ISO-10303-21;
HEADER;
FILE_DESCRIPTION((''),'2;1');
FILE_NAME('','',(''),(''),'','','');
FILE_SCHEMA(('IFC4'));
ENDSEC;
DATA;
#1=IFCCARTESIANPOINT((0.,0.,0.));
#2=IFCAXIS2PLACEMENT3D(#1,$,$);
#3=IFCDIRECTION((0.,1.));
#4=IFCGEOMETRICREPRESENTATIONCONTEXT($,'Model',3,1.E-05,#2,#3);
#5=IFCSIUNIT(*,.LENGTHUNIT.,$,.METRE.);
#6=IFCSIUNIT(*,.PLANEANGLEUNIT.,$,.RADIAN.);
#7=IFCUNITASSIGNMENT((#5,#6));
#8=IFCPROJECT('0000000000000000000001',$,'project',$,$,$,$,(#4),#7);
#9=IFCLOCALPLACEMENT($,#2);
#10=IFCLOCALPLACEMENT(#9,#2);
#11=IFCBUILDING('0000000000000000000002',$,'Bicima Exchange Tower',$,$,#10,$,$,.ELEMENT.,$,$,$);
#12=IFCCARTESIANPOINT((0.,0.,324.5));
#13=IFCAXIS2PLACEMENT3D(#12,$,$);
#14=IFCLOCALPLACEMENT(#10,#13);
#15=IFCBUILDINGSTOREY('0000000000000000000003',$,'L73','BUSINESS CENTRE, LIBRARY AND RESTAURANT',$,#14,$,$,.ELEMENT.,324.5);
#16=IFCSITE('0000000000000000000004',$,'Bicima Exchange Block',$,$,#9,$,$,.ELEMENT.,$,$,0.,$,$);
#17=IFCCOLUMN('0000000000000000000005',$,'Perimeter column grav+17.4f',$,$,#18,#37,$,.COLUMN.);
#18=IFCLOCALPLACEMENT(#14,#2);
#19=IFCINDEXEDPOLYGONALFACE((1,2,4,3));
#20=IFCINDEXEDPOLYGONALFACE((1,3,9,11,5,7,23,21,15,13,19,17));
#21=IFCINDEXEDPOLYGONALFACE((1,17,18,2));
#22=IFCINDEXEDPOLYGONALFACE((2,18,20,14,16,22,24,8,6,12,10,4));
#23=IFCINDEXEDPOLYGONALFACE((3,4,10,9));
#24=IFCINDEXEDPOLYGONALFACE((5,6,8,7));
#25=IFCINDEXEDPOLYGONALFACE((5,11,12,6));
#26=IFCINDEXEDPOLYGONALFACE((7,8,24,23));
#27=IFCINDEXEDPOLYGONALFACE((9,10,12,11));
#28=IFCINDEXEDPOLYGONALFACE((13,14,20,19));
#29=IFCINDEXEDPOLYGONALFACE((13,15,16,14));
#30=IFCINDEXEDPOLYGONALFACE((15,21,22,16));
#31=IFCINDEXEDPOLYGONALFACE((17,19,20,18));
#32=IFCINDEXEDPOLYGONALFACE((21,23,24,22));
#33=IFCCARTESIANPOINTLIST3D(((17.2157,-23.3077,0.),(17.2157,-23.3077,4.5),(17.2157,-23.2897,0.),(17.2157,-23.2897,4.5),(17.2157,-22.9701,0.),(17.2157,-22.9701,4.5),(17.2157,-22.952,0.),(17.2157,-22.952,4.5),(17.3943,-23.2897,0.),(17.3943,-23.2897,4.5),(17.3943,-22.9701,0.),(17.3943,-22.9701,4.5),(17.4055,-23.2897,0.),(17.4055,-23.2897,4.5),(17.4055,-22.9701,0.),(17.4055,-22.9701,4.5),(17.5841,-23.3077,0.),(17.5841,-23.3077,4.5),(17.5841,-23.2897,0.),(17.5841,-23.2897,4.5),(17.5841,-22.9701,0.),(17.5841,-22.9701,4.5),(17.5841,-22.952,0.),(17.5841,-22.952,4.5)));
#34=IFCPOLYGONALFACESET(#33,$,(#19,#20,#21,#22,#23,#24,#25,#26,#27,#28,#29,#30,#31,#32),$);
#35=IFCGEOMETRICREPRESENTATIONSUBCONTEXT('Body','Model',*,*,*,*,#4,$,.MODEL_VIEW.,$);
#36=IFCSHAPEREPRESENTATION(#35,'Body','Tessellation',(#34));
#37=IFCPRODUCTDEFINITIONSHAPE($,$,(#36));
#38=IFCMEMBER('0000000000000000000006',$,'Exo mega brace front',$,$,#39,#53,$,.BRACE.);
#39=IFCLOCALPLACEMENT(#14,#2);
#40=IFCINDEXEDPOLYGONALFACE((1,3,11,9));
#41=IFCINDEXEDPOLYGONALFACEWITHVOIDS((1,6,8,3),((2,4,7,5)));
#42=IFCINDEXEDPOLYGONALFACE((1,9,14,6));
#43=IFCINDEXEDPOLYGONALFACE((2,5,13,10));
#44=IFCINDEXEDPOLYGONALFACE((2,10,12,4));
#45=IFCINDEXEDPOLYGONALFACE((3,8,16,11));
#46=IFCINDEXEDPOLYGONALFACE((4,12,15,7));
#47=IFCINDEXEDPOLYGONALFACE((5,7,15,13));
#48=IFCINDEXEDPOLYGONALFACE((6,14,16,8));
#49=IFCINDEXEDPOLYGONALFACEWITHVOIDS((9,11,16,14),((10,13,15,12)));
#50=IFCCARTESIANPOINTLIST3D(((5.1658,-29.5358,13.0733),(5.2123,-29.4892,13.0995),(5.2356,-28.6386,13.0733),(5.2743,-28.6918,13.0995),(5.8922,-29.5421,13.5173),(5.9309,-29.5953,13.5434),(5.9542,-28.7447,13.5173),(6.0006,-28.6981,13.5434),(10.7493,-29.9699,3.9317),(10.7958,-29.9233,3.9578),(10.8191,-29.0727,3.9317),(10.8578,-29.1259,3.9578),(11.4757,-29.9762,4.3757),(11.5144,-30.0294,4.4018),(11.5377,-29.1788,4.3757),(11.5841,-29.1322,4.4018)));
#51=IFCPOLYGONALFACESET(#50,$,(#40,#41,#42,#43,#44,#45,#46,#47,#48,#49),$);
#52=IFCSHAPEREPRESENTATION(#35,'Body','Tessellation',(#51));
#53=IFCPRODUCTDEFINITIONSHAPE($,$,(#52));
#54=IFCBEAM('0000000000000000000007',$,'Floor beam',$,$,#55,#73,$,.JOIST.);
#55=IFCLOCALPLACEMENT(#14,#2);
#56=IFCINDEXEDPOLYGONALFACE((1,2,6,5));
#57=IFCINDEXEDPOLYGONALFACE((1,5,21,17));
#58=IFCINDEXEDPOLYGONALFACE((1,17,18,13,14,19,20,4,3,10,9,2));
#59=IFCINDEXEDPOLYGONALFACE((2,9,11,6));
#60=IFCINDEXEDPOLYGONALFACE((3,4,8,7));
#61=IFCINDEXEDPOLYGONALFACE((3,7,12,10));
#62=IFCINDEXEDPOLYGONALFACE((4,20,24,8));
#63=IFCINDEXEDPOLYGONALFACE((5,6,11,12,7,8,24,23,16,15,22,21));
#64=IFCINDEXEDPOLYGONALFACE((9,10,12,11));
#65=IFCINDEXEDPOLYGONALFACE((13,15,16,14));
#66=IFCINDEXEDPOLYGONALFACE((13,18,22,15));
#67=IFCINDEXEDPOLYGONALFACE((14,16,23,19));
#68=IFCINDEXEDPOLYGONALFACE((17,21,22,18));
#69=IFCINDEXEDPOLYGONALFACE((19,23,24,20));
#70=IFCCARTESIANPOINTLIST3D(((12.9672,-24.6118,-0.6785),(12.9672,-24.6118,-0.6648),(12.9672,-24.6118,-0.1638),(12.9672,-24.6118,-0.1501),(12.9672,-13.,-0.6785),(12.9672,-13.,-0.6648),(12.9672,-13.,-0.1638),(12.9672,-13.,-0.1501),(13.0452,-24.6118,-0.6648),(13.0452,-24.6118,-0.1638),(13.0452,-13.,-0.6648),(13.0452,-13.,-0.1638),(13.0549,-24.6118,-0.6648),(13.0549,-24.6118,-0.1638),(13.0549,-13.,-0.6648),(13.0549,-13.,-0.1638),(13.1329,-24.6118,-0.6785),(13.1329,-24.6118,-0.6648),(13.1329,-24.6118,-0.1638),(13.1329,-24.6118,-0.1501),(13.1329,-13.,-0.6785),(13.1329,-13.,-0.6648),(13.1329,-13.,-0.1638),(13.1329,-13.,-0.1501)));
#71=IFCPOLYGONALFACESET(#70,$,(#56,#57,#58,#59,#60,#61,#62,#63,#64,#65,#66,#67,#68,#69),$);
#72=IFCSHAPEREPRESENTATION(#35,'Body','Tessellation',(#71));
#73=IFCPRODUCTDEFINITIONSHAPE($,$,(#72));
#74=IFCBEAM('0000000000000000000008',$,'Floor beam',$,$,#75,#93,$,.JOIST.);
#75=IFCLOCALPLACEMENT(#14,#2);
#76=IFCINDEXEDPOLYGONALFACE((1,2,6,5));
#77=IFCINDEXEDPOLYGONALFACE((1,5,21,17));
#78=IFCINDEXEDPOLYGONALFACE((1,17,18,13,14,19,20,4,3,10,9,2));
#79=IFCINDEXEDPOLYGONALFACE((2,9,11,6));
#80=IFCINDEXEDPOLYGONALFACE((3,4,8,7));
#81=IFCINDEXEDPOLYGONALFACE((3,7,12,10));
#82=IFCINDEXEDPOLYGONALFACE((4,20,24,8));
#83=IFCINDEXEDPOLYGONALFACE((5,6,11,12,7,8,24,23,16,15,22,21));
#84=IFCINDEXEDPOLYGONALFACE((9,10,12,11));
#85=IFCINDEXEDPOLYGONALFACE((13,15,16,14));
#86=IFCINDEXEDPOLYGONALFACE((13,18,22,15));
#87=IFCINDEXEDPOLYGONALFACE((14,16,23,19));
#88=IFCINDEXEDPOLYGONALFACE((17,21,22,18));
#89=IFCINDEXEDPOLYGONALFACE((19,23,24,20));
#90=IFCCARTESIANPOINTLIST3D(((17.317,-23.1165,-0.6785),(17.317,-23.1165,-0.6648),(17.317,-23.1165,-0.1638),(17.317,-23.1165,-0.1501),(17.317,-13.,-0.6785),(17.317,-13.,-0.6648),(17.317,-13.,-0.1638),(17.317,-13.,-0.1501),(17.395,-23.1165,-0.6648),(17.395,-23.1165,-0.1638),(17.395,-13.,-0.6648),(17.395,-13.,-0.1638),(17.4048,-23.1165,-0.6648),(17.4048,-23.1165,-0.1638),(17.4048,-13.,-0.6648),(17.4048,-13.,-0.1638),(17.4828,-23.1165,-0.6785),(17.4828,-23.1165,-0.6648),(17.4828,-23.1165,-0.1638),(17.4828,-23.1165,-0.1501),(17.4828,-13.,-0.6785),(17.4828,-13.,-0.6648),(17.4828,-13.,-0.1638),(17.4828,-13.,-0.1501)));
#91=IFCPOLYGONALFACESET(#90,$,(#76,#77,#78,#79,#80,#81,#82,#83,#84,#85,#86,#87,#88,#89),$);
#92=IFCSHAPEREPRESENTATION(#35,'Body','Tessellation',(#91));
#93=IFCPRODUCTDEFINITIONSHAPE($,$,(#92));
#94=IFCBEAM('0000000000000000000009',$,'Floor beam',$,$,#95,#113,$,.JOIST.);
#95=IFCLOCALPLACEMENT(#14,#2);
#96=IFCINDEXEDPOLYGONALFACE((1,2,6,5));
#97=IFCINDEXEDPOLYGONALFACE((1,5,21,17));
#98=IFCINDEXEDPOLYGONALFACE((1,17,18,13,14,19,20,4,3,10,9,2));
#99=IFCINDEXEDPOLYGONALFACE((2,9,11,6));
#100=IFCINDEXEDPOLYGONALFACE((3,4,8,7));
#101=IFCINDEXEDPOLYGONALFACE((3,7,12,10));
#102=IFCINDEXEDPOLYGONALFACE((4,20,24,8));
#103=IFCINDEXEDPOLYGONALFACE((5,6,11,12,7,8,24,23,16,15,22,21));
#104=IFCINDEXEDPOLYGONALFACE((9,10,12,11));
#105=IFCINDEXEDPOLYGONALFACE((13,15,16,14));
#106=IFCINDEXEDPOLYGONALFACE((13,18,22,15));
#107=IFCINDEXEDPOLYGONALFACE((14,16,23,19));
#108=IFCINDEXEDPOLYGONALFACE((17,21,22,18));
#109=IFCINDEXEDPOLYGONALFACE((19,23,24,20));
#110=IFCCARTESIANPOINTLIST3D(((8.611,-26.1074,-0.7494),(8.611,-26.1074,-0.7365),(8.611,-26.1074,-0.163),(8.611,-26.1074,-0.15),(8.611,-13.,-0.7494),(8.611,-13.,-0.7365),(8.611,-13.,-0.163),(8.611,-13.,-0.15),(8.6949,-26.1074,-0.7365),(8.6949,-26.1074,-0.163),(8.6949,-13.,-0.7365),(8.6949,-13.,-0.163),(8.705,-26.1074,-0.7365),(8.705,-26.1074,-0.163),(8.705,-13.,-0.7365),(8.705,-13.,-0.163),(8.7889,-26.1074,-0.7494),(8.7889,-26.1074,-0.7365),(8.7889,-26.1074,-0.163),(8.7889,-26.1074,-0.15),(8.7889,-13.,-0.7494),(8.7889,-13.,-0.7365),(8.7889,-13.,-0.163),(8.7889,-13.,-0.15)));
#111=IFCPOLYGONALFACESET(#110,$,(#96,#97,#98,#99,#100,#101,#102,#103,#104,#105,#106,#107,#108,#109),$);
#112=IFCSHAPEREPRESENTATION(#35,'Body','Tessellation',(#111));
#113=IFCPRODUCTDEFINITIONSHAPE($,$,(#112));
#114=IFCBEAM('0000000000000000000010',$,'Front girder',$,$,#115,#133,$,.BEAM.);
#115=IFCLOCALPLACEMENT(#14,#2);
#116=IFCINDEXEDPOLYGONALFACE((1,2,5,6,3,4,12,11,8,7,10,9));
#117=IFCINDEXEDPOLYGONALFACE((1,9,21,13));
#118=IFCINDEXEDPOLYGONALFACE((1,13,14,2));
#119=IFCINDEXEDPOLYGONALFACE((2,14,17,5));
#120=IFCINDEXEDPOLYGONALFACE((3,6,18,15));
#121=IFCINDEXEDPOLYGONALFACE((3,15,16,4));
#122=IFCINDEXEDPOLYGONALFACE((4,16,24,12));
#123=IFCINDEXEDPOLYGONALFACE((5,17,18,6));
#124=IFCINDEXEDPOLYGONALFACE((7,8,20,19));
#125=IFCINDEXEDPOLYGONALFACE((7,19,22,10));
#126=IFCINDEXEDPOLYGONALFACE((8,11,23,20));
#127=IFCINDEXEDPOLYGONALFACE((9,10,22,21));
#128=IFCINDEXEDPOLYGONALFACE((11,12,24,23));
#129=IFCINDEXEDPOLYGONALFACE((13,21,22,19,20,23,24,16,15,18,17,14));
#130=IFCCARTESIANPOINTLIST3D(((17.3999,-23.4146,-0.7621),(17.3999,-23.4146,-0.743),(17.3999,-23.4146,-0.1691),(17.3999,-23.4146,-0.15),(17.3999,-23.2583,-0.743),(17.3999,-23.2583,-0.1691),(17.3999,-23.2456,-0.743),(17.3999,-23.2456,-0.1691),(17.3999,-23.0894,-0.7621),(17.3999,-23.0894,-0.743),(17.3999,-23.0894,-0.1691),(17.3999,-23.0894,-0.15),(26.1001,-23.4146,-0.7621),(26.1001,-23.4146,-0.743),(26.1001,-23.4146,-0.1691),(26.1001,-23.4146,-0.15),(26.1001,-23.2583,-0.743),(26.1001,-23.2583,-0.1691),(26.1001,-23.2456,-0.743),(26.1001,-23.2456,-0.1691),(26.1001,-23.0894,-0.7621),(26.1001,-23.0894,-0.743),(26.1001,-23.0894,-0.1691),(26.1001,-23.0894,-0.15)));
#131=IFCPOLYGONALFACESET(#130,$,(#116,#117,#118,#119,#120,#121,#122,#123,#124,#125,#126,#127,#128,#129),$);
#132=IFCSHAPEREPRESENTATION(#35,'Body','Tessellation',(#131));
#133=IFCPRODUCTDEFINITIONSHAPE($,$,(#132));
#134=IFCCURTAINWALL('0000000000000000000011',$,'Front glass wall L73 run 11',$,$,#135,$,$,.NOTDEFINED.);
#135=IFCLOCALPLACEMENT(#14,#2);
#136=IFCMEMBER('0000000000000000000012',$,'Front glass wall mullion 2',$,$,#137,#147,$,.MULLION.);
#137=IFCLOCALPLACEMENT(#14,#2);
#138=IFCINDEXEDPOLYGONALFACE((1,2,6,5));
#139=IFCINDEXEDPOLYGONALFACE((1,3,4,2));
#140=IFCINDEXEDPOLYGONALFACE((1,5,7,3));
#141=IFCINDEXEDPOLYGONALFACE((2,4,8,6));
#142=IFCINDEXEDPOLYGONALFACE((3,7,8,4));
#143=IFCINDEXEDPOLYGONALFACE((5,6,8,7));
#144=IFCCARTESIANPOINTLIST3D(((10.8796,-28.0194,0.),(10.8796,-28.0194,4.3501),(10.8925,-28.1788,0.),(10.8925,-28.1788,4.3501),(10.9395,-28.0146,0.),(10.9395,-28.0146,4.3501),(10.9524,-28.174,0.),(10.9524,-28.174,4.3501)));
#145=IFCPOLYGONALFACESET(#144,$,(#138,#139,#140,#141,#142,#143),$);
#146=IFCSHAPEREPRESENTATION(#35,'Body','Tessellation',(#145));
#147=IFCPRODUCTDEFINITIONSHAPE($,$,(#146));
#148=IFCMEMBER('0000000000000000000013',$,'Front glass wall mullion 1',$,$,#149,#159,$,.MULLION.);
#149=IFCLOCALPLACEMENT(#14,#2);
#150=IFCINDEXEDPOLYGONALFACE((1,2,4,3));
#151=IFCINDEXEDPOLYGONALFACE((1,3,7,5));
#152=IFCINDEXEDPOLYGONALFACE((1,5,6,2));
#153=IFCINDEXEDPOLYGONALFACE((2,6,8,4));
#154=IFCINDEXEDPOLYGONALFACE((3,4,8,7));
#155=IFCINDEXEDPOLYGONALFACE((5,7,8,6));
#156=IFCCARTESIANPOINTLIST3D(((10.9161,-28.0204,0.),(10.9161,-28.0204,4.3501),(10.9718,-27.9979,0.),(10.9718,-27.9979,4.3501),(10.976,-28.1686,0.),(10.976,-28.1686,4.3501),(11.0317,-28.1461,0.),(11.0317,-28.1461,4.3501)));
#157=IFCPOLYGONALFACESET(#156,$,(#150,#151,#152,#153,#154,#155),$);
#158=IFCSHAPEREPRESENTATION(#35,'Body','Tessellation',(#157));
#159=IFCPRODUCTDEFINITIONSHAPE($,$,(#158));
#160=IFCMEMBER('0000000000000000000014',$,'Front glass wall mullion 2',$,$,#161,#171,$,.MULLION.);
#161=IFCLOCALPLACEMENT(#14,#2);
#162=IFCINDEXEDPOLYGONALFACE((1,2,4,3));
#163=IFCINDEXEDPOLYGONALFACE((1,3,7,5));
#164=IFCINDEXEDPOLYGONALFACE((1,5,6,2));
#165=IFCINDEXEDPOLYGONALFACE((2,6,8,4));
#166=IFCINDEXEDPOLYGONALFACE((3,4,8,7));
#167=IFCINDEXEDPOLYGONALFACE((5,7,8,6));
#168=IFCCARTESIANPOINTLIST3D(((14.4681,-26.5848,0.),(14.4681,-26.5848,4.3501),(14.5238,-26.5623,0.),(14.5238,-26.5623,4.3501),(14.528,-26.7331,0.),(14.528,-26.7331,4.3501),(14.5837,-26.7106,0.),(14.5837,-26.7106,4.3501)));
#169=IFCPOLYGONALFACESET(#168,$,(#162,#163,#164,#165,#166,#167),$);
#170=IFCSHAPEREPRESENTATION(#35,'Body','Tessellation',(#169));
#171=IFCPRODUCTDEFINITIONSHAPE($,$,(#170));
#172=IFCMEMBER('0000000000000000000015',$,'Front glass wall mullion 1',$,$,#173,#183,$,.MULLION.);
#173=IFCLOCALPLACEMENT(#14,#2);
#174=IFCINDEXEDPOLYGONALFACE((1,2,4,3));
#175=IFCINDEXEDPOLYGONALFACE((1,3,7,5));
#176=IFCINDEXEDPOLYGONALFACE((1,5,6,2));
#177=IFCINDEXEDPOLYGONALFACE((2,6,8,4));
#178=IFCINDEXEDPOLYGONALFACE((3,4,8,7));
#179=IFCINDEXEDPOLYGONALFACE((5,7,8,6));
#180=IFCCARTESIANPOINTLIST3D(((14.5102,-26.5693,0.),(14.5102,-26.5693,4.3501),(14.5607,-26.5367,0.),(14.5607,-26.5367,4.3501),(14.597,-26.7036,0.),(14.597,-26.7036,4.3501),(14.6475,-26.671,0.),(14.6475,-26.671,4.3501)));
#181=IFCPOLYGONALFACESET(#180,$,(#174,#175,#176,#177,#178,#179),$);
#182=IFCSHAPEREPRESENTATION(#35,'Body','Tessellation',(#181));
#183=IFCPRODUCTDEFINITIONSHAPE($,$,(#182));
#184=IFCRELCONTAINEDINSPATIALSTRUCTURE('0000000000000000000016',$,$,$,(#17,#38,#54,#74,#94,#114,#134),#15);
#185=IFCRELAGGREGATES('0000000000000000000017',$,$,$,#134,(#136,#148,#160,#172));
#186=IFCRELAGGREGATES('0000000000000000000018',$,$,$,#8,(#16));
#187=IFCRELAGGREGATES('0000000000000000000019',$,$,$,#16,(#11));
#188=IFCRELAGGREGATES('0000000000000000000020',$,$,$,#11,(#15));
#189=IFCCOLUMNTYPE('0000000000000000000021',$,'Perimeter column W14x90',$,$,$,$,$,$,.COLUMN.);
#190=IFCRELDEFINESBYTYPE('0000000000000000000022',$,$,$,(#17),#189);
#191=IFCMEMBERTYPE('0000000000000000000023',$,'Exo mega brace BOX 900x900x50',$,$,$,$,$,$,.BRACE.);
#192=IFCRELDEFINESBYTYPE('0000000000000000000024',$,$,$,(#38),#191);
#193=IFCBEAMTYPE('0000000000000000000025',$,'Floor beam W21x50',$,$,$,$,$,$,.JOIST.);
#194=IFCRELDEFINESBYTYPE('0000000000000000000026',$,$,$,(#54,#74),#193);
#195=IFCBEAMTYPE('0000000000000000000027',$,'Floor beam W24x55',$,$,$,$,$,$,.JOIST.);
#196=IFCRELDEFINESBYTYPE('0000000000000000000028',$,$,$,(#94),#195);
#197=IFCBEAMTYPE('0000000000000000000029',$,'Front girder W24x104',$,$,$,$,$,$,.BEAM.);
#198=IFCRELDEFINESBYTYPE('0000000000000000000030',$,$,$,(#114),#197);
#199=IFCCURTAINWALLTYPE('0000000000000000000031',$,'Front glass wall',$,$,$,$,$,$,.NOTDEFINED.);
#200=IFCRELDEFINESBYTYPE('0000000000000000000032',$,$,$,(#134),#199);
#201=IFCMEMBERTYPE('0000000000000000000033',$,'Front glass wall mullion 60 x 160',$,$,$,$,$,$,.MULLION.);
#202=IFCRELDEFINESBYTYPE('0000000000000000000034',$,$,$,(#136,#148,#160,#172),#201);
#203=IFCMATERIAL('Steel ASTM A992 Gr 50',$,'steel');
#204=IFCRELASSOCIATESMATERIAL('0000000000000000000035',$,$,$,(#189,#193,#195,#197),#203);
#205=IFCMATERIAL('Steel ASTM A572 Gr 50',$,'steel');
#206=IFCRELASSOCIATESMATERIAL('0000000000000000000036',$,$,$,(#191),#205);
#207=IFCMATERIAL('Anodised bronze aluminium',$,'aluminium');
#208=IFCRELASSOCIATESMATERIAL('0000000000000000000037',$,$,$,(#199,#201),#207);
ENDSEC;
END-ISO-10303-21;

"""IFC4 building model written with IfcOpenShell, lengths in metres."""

from ifc_helpers import new_model, si_unit, direction, frame, origin, origin_2d, place, context, subcontext, project, spatial, rectangle, hollow_rectangle, i_section, extrude, material, material_profile, profile_set, type_object, element, aggregate, save


model = new_model("IFC4")

# Units and contexts
model_context = context("Model", 3, precision=1e-05, world=origin(), true_north=direction((0.0, 1.0)))
body_context = subcontext(model_context, "Body", "Model", "MODEL_VIEW")
ifc_project = project(units=[si_unit("LENGTHUNIT", "METRE"), si_unit("PLANEANGLEUNIT", "RADIAN")], contexts=[model_context])

# Site, building, storey
site_placement = place(None, origin())
site = spatial("IfcSite", under=ifc_project, at=site_placement, Name="Bicima Exchange Block", CompositionType="ELEMENT", RefElevation=0.0)
building_placement = place(site_placement, origin())
building = spatial("IfcBuilding", under=site, at=building_placement, Name="Bicima Exchange Tower", CompositionType="ELEMENT")
storey_placement = place(building_placement, frame((0.0, 0.0, 324.5)))
storey = spatial("IfcBuildingStorey", under=building, at=storey_placement, Name="L73", Description="BUSINESS CENTRE, LIBRARY AND RESTAURANT", CompositionType="ELEMENT", Elevation=324.5)

# Column
ifc_material_1 = material(Name="Steel ASTM A992 Gr 50", Category="steel")
ifc_material_profile_1 = material_profile(ifc_material_1, i_section(OverallWidth=0.3684, OverallDepth=0.3557, WebThickness=0.0112, FlangeThickness=0.0181, at=origin_2d()))
ifc_profile_set_1 = profile_set([ifc_material_profile_1], Name="Steel ASTM A992 Gr 50")
column_type = type_object("IfcColumnType", Name="Perimeter column W14x90", PredefinedType="COLUMN", material=ifc_profile_set_1)
column_placement = place(storey_placement, frame((17.3999, -23.1299, 0.0), z_axis=(0.0, 0.0, 1.0), x_axis=(1.0, 0.0, 0.0)))
element("IfcColumn", 1, at=column_placement, inside=storey, type_object=column_type, Name="Perimeter column grav+17.4f", PredefinedType="COLUMN", context=body_context, shape_type="SweptSolid", body=[
    extrude(i_section(OverallWidth=0.3684, OverallDepth=0.3557, WebThickness=0.0112, FlangeThickness=0.0181, at=origin_2d()), origin(), (0.0, 0.0, 1.0), 4.5),
])

# Member
ifc_material_2 = material(Name="Steel ASTM A572 Gr 50", Category="steel")
ifc_material_profile_2 = material_profile(ifc_material_2, hollow_rectangle(XDim=0.8999, YDim=0.8999, WallThickness=0.05, at=origin_2d()))
ifc_profile_set_2 = profile_set([ifc_material_profile_2], Name="Steel ASTM A572 Gr 50")
member_type_1 = type_object("IfcMemberType", Name="Exo mega brace BOX 900x900x50", PredefinedType="BRACE", material=ifc_profile_set_2)
member_1_placement = place(storey_placement, frame((11.1667, -29.551, 4.1667), z_axis=(-0.520816, 0.04049, 0.852708), x_axis=(-0.07751, -0.996992, 0.0)))
element("IfcMember", 2, at=member_1_placement, inside=storey, type_object=member_type_1, Name="Exo mega brace front", PredefinedType="BRACE", context=body_context, shape_type="SweptSolid", body=[
    extrude(hollow_rectangle(XDim=0.8999, YDim=0.8999, WallThickness=0.05, at=origin_2d()), origin(), (0.0, 0.0, 1.0), 10.7207),
])

# Beams
ifc_material_profile_3 = material_profile(ifc_material_1, i_section(OverallWidth=0.1658, OverallDepth=0.5283, WebThickness=0.0098, FlangeThickness=0.0137, at=origin_2d()))
ifc_profile_set_3 = profile_set([ifc_material_profile_3], Name="Steel ASTM A992 Gr 50")
beam_type_1 = type_object("IfcBeamType", Name="Floor beam W21x50", PredefinedType="JOIST", material=ifc_profile_set_3)
beam_1_placement = place(storey_placement, frame((13.05, -13.0, -0.4143), z_axis=(0.0, -1.0, 0.0), x_axis=(1.0, 0.0, 0.0)))
element("IfcBeam", 3, at=beam_1_placement, inside=storey, type_object=beam_type_1, Name="Floor beam", PredefinedType="JOIST", context=body_context, shape_type="SweptSolid", body=[
    extrude(i_section(OverallWidth=0.1658, OverallDepth=0.5283, WebThickness=0.0098, FlangeThickness=0.0137, at=origin_2d()), origin(), (0.0, 0.0, 1.0), 11.6118),
])
beam_2_placement = place(storey_placement, frame((17.3999, -13.0, -0.4143), z_axis=(0.0, -1.0, 0.0), x_axis=(1.0, 0.0, 0.0)))
element("IfcBeam", 4, at=beam_2_placement, inside=storey, type_object=beam_type_1, Name="Floor beam", PredefinedType="JOIST", context=body_context, shape_type="SweptSolid", body=[
    extrude(i_section(OverallWidth=0.1658, OverallDepth=0.5283, WebThickness=0.0098, FlangeThickness=0.0137, at=origin_2d()), origin(), (0.0, 0.0, 1.0), 10.1165),
])
ifc_material_profile_4 = material_profile(ifc_material_1, i_section(OverallWidth=0.178, OverallDepth=0.5994, WebThickness=0.01, FlangeThickness=0.0129, at=origin_2d()))
ifc_profile_set_4 = profile_set([ifc_material_profile_4], Name="Steel ASTM A992 Gr 50")
beam_type_2 = type_object("IfcBeamType", Name="Floor beam W24x55", PredefinedType="JOIST", material=ifc_profile_set_4)
beam_3_placement = place(storey_placement, frame((8.7, -13.0, -0.4497), z_axis=(0.0, -1.0, 0.0), x_axis=(1.0, 0.0, 0.0)))
element("IfcBeam", 5, at=beam_3_placement, inside=storey, type_object=beam_type_2, Name="Floor beam", PredefinedType="JOIST", context=body_context, shape_type="SweptSolid", body=[
    extrude(i_section(OverallWidth=0.178, OverallDepth=0.5994, WebThickness=0.01, FlangeThickness=0.0129, at=origin_2d()), origin(), (0.0, 0.0, 1.0), 13.1074),
])
ifc_material_profile_5 = material_profile(ifc_material_1, i_section(OverallWidth=0.3252, OverallDepth=0.6121, WebThickness=0.0127, FlangeThickness=0.019, at=origin_2d()))
ifc_profile_set_5 = profile_set([ifc_material_profile_5], Name="Steel ASTM A992 Gr 50")
beam_type_3 = type_object("IfcBeamType", Name="Front girder W24x104", PredefinedType="BEAM", material=ifc_profile_set_5)
beam_4_placement = place(storey_placement, frame((17.3999, -23.252, -0.4561), z_axis=(1.0, 0.0, 0.0), x_axis=(0.0, 1.0, 0.0)))
element("IfcBeam", 6, at=beam_4_placement, inside=storey, type_object=beam_type_3, Name="Front girder", PredefinedType="BEAM", context=body_context, shape_type="SweptSolid", body=[
    extrude(i_section(OverallWidth=0.3252, OverallDepth=0.6121, WebThickness=0.0127, FlangeThickness=0.019, at=origin_2d()), origin(), (0.0, 0.0, 1.0), 8.7002),
])

# Curtain wall, members
ifc_material_3 = material(Name="Anodised bronze aluminium", Category="aluminium")
curtain_wall_type = type_object("IfcCurtainWallType", Name="Front glass wall", PredefinedType="NOTDEFINED", material=ifc_material_3)
curtain_wall_1_placement = place(storey_placement, origin())
curtain_wall_1 = element("IfcCurtainWall", 7, at=curtain_wall_1_placement, inside=storey, type_object=curtain_wall_type, Name="Front glass wall L73 run 11", PredefinedType="NOTDEFINED")
ifc_material_profile_6 = material_profile(ifc_material_3, rectangle(XDim=0.1599, YDim=0.0601, at=origin_2d()))
ifc_profile_set_6 = profile_set([ifc_material_profile_6], Name="Anodised bronze aluminium")
member_type_2 = type_object("IfcMemberType", Name="Front glass wall mullion 60 x 160", PredefinedType="MULLION", material=ifc_profile_set_6)
member_2_placement = place(storey_placement, frame((10.916, -28.0967, 0.0), z_axis=(0.0, 0.0, 1.0), x_axis=(-0.080589, 0.996747, 0.0)))
member_2 = element("IfcMember", 8, at=member_2_placement, type_object=member_type_2, Name="Front glass wall mullion 2", PredefinedType="MULLION", context=body_context, shape_type="SweptSolid", body=[
    extrude(rectangle(XDim=0.1599, YDim=0.0601, at=origin_2d()), origin(), (0.0, 0.0, 1.0), 4.3501),
])
member_3_placement = place(storey_placement, frame((10.9739, -28.0833, 0.0), z_axis=(0.0, 0.0, 1.0), x_axis=(-0.374705, 0.927144, 0.0)))
member_3 = element("IfcMember", 9, at=member_3_placement, type_object=member_type_2, Name="Front glass wall mullion 1", PredefinedType="MULLION", context=body_context, shape_type="SweptSolid", body=[
    extrude(rectangle(XDim=0.1599, YDim=0.0601, at=origin_2d()), origin(), (0.0, 0.0, 1.0), 4.3501),
])
member_4_placement = place(storey_placement, frame((14.5259, -26.6477, 0.0), z_axis=(0.0, 0.0, 1.0), x_axis=(-0.374705, 0.927144, 0.0)))
member_4 = element("IfcMember", 10, at=member_4_placement, type_object=member_type_2, Name="Front glass wall mullion 2", PredefinedType="MULLION", context=body_context, shape_type="SweptSolid", body=[
    extrude(rectangle(XDim=0.1599, YDim=0.0601, at=origin_2d()), origin(), (0.0, 0.0, 1.0), 4.3501),
])
member_5_placement = place(storey_placement, frame((14.5789, -26.6201, 0.0), z_axis=(0.0, 0.0, 1.0), x_axis=(-0.542909, 0.839791, 0.0)))
member_5 = element("IfcMember", 11, at=member_5_placement, type_object=member_type_2, Name="Front glass wall mullion 1", PredefinedType="MULLION", context=body_context, shape_type="SweptSolid", body=[
    extrude(rectangle(XDim=0.1599, YDim=0.0601, at=origin_2d()), origin(), (0.0, 0.0, 1.0), 4.3501),
])

aggregate(curtain_wall_1, [member_2, member_3, member_4, member_5])

save(model, "model.ifc")
